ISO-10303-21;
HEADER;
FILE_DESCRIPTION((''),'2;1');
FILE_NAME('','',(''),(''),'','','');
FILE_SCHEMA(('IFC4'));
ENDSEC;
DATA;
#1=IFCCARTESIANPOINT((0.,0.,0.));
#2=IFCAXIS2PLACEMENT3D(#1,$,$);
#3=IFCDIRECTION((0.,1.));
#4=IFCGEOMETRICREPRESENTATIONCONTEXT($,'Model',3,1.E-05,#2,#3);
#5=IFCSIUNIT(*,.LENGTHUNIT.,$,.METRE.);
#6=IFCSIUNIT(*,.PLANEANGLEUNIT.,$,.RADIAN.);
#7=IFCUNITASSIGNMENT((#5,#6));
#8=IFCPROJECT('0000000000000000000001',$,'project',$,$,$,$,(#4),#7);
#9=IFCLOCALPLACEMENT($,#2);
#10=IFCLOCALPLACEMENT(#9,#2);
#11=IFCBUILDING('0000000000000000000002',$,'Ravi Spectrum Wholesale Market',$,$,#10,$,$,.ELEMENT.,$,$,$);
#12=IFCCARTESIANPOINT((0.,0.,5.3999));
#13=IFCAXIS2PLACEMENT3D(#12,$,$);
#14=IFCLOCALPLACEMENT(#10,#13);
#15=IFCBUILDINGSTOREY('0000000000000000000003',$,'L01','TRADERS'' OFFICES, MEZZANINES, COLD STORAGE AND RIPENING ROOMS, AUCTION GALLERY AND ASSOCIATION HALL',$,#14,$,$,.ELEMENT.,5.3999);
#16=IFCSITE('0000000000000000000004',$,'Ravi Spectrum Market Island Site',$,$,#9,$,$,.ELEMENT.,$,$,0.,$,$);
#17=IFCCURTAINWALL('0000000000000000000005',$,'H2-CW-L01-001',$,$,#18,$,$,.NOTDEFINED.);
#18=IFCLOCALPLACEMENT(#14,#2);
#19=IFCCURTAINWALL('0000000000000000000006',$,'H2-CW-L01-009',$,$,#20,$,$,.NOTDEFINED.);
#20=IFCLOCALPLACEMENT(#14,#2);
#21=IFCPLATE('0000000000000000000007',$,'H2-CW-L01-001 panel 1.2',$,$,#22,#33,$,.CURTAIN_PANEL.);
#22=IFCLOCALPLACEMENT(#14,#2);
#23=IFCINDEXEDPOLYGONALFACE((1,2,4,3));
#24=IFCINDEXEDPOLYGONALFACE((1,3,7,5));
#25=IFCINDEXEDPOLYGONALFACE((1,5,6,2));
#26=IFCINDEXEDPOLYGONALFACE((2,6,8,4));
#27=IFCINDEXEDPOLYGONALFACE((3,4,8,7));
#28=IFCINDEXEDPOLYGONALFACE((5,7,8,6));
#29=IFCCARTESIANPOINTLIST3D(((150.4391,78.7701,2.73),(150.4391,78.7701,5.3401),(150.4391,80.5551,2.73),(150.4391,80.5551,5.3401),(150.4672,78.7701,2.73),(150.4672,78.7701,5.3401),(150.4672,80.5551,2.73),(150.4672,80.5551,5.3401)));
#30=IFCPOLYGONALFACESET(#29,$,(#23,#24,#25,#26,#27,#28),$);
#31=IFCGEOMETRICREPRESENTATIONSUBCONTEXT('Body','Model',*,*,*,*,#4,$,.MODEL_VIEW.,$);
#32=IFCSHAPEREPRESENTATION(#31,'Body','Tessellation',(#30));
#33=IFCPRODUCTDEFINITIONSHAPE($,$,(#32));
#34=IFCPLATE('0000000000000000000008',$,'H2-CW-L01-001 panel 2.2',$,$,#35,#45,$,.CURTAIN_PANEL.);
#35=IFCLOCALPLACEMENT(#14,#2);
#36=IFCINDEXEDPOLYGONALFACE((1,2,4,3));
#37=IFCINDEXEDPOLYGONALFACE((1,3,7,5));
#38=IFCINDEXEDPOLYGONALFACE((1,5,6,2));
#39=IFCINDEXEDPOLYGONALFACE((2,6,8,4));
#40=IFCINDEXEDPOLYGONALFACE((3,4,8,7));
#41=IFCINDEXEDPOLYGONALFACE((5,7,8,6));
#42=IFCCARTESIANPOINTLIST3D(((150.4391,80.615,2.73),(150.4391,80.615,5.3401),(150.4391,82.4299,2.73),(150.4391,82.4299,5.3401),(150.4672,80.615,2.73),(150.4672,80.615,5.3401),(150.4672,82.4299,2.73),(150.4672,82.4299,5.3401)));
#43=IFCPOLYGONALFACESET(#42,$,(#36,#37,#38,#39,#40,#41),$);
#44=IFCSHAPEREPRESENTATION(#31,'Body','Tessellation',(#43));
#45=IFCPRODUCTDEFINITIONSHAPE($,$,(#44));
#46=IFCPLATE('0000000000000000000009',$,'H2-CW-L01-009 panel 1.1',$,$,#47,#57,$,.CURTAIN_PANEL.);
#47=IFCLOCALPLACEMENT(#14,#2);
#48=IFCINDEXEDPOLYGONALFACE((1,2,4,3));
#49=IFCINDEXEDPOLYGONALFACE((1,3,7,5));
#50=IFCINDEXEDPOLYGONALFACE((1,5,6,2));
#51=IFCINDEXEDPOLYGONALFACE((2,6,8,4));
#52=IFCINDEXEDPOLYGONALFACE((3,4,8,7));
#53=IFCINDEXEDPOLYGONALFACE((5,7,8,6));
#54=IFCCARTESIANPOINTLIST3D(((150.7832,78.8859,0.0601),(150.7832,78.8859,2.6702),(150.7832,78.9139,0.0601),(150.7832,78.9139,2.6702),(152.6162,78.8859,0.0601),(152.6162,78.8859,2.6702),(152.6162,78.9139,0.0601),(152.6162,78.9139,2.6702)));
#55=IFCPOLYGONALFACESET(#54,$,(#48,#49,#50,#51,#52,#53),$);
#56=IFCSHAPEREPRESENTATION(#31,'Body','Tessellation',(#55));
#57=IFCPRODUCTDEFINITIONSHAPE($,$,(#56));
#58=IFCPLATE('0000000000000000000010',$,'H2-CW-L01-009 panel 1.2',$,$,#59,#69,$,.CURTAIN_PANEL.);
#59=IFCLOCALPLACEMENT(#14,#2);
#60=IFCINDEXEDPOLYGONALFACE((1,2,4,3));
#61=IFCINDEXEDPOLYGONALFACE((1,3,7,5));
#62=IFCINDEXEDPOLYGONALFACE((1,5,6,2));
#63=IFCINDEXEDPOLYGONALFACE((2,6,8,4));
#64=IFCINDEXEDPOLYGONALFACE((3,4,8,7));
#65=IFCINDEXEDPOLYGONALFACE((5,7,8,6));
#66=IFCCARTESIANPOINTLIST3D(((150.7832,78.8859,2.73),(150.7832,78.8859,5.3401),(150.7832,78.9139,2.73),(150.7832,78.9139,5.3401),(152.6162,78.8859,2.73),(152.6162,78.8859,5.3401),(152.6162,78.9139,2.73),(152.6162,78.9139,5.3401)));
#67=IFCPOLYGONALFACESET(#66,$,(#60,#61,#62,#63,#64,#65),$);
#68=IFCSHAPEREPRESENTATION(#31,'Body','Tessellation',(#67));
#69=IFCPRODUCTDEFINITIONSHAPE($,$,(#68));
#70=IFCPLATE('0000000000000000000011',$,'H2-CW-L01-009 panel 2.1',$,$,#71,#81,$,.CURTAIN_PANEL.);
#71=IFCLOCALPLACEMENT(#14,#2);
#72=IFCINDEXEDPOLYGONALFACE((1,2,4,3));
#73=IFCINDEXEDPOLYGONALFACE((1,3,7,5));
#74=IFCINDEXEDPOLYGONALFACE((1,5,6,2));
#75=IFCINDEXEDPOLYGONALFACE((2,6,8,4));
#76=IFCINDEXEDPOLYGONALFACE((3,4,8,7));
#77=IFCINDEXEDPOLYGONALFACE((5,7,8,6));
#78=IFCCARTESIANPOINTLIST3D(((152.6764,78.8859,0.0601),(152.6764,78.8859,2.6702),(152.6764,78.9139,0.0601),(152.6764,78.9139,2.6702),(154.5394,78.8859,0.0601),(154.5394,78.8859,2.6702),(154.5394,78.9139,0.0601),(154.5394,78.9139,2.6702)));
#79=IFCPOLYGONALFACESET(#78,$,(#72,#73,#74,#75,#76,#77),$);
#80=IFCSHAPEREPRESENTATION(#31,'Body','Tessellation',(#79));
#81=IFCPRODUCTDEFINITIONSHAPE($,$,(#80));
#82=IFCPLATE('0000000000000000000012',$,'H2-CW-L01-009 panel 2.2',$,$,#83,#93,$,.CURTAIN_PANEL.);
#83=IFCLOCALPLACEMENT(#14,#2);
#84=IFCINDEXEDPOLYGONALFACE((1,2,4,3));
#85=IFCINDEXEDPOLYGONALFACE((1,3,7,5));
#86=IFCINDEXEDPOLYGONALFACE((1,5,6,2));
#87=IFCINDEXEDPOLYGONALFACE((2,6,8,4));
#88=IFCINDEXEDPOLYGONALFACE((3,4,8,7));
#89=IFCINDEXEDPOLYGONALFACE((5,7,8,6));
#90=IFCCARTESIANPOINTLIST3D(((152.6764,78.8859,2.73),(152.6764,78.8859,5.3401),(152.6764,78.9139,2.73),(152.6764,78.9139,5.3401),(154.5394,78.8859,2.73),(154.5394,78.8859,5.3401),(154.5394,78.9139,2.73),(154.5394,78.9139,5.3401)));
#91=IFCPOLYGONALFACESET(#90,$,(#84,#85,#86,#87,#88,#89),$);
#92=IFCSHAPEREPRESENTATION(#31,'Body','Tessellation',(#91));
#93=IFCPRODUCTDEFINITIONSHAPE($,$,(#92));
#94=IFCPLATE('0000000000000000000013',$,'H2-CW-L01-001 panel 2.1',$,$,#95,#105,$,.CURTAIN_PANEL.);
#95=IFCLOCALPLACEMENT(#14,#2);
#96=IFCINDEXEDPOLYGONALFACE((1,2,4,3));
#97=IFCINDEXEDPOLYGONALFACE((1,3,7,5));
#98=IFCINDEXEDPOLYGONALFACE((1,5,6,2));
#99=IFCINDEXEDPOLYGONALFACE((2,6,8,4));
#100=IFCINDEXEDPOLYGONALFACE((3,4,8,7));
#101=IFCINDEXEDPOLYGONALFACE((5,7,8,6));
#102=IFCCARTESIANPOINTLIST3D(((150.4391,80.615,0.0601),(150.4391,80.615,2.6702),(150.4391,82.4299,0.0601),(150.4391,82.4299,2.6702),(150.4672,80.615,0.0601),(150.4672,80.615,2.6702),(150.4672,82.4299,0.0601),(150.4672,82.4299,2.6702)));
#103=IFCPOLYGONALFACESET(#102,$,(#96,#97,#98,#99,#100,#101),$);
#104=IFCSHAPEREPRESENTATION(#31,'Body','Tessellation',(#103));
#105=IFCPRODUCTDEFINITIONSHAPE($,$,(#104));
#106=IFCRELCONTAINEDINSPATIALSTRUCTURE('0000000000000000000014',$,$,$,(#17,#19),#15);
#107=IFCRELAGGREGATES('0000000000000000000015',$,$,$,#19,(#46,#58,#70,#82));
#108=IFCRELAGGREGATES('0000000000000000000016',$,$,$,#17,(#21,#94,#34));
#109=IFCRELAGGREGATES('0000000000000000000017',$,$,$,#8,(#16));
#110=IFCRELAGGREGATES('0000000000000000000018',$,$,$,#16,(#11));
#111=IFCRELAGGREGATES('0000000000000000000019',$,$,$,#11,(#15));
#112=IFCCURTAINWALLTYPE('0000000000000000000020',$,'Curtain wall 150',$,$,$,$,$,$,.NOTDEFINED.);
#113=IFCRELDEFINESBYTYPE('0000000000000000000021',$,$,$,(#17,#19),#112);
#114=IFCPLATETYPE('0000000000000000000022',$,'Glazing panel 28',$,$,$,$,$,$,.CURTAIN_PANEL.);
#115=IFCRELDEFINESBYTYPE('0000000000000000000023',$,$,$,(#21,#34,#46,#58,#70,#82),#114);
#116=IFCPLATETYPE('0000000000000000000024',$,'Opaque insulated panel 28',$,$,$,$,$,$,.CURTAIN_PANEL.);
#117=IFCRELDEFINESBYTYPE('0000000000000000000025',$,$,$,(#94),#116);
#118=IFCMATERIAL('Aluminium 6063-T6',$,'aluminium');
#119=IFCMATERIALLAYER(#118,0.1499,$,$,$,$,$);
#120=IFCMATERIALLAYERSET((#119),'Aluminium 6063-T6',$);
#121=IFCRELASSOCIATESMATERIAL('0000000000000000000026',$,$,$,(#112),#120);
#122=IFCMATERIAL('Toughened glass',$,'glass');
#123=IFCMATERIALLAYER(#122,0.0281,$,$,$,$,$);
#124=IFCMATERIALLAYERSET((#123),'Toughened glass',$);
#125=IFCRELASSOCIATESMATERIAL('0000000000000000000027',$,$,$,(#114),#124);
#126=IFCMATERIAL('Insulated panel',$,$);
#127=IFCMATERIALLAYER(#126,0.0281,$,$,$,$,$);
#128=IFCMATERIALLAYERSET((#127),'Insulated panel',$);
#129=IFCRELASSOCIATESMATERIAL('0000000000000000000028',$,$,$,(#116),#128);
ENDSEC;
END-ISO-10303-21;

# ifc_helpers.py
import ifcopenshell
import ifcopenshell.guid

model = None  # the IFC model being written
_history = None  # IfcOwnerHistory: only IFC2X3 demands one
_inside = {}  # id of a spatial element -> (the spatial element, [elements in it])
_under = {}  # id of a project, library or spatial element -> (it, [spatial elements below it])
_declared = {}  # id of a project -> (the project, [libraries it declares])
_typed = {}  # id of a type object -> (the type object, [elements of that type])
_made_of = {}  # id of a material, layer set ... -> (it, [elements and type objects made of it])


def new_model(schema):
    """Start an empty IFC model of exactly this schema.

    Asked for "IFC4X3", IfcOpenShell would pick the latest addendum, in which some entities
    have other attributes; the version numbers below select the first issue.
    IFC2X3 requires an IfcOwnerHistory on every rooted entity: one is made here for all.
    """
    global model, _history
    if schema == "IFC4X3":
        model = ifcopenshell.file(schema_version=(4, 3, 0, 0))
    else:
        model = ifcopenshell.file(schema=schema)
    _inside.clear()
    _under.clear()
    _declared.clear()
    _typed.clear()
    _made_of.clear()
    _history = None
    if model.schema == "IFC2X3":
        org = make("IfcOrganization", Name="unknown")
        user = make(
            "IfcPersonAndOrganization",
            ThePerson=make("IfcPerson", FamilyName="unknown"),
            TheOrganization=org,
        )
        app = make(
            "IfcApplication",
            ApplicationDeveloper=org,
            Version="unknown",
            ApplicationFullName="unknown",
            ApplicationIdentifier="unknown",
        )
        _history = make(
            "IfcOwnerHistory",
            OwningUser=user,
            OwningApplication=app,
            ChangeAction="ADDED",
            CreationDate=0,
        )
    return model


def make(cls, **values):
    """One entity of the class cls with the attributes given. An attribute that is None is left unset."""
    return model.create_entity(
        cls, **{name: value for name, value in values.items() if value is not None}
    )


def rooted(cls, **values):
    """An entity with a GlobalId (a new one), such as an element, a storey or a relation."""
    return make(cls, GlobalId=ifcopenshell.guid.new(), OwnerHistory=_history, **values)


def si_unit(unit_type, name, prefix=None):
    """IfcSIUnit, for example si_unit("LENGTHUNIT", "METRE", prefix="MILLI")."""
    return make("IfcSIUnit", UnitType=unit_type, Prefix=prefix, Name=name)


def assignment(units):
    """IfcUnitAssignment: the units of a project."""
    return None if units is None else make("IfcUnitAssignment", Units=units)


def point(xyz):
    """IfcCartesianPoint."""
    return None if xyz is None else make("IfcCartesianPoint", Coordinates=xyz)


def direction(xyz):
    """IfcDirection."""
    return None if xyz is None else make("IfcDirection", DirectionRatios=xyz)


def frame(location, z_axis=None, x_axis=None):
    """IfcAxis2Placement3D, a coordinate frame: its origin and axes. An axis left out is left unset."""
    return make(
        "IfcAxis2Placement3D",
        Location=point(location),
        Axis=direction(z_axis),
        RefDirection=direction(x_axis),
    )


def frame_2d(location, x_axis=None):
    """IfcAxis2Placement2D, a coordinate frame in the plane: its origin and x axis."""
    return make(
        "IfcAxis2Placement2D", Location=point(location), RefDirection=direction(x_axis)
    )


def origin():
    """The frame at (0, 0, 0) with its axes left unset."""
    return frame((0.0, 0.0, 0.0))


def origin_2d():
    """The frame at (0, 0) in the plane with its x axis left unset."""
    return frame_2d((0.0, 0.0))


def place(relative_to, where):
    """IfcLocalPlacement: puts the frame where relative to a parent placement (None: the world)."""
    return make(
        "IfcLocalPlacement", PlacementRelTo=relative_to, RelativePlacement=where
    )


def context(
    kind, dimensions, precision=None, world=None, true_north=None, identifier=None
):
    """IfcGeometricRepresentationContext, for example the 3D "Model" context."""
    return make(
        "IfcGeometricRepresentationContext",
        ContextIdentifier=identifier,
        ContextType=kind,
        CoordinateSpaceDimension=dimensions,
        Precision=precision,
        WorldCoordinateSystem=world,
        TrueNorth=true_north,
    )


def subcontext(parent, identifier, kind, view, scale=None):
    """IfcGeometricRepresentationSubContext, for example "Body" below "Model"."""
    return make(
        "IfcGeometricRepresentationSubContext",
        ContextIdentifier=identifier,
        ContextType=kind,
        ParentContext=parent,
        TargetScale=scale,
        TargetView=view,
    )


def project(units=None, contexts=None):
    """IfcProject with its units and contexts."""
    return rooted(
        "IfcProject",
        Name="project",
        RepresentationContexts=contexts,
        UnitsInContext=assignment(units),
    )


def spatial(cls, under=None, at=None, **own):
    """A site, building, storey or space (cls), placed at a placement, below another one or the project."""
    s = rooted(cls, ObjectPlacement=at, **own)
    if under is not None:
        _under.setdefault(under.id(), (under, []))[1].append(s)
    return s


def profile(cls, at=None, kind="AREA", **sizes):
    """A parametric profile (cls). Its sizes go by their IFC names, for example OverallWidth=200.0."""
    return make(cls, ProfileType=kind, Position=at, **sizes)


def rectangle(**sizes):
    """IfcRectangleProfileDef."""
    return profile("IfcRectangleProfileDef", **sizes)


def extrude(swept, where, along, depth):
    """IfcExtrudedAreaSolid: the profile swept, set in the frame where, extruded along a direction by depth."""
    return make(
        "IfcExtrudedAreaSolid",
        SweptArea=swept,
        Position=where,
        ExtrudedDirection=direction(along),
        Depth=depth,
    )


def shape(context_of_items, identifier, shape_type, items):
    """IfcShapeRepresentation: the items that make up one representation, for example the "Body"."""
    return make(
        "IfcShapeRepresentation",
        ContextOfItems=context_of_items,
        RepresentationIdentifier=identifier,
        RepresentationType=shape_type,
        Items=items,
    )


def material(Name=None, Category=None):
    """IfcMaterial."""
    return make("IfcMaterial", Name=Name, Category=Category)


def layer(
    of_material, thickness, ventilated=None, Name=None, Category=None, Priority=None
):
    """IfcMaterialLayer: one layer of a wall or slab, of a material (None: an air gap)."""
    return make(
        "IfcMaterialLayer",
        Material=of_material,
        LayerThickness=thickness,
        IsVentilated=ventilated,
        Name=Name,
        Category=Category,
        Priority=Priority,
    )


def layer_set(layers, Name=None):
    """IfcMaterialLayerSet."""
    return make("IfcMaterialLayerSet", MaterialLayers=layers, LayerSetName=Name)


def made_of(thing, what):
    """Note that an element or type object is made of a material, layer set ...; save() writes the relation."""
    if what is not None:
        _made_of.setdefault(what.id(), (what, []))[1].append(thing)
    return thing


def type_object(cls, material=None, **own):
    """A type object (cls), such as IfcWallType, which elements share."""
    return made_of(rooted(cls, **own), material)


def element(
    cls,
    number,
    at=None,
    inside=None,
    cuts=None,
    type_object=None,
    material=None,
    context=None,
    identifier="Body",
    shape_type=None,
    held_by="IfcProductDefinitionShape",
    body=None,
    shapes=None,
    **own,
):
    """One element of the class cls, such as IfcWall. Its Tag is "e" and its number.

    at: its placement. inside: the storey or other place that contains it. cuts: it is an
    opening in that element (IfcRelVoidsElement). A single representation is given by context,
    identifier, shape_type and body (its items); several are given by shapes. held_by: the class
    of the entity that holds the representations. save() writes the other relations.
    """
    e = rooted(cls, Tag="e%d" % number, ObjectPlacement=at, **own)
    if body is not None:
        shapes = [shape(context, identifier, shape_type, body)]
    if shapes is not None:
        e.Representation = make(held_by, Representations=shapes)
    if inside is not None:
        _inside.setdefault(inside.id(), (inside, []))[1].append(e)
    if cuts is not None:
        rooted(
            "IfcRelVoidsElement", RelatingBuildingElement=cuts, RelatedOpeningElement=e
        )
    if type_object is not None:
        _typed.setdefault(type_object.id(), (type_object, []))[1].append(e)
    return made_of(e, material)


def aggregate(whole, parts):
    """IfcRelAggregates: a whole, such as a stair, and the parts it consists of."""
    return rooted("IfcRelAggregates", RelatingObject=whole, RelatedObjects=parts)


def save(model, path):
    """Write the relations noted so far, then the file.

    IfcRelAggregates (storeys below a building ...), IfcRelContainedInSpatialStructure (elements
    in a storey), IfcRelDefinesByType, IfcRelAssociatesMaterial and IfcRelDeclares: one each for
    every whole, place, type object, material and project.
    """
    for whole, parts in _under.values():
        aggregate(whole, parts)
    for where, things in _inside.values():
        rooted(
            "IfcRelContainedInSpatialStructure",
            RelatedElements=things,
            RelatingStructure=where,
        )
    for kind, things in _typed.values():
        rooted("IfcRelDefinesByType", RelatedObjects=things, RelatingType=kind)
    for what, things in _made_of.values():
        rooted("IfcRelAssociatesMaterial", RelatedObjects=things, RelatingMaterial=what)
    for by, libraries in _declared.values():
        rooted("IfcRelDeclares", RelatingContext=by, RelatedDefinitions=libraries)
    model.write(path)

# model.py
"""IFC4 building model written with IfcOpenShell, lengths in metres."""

from ifc_helpers import new_model, si_unit, direction, frame, origin, origin_2d, place, context, subcontext, project, spatial, rectangle, extrude, material, layer, layer_set, type_object, element, aggregate, save


model = new_model("IFC4")

# Units and contexts
model_context = context("Model", 3, precision=1e-05, world=origin(), true_north=direction((0.0, 1.0)))
body_context = subcontext(model_context, "Body", "Model", "MODEL_VIEW")
ifc_project = project(units=[si_unit("LENGTHUNIT", "METRE"), si_unit("PLANEANGLEUNIT", "RADIAN")], contexts=[model_context])

# Site, building, storey
site_placement = place(None, origin())
site = spatial("IfcSite", under=ifc_project, at=site_placement, Name="Ravi Spectrum Market Island Site", CompositionType="ELEMENT", RefElevation=0.0)
building_placement = place(site_placement, origin())
building = spatial("IfcBuilding", under=site, at=building_placement, Name="Ravi Spectrum Wholesale Market", CompositionType="ELEMENT")
storey_placement = place(building_placement, frame((0.0, 0.0, 5.3999)))
storey = spatial("IfcBuildingStorey", under=building, at=storey_placement, Name="L01", Description="TRADERS' OFFICES, MEZZANINES, COLD STORAGE AND RIPENING ROOMS, AUCTION GALLERY AND ASSOCIATION HALL", CompositionType="ELEMENT", Elevation=5.3999)

# Curtain walls
ifc_material_1 = material(Name="Aluminium 6063-T6", Category="aluminium")
ifc_layer_1 = layer(ifc_material_1, 0.1499)
ifc_layer_set_1 = layer_set([ifc_layer_1], Name="Aluminium 6063-T6")
curtain_wall_type = type_object("IfcCurtainWallType", Name="Curtain wall 150", PredefinedType="NOTDEFINED", material=ifc_layer_set_1)
curtain_wall_1_placement = place(storey_placement, origin())
curtain_wall_1 = element("IfcCurtainWall", 1, at=curtain_wall_1_placement, inside=storey, type_object=curtain_wall_type, Name="H2-CW-L01-001", PredefinedType="NOTDEFINED")
curtain_wall_2_placement = place(storey_placement, origin())
curtain_wall_2 = element("IfcCurtainWall", 2, at=curtain_wall_2_placement, inside=storey, type_object=curtain_wall_type, Name="H2-CW-L01-009", PredefinedType="NOTDEFINED")

# Plates
ifc_material_2 = material(Name="Toughened glass", Category="glass")
ifc_layer_2 = layer(ifc_material_2, 0.0281)
ifc_layer_set_2 = layer_set([ifc_layer_2], Name="Toughened glass")
plate_type_1 = type_object("IfcPlateType", Name="Glazing panel 28", PredefinedType="CURTAIN_PANEL", material=ifc_layer_set_2)
plate_1_placement = place(storey_placement, frame((150.4531, 79.6626, 2.73), z_axis=(0.0, 0.0, 1.0), x_axis=(0.0, 1.0, 0.0)))
plate_1 = element("IfcPlate", 3, at=plate_1_placement, type_object=plate_type_1, Name="H2-CW-L01-001 panel 1.2", PredefinedType="CURTAIN_PANEL", context=body_context, shape_type="SweptSolid", body=[
    extrude(rectangle(XDim=1.7849, YDim=0.0281, at=origin_2d()), origin(), (0.0, 0.0, 1.0), 2.6101),
])
plate_2_placement = place(storey_placement, frame((150.4531, 81.5225, 2.73), z_axis=(0.0, 0.0, 1.0), x_axis=(0.0, 1.0, 0.0)))
plate_2 = element("IfcPlate", 4, at=plate_2_placement, type_object=plate_type_1, Name="H2-CW-L01-001 panel 2.2", PredefinedType="CURTAIN_PANEL", context=body_context, shape_type="SweptSolid", body=[
    extrude(rectangle(XDim=1.8149, YDim=0.0281, at=origin_2d()), origin(), (0.0, 0.0, 1.0), 2.6101),
])
plate_3_placement = place(storey_placement, frame((151.6997, 78.8999, 0.0601), z_axis=(0.0, 0.0, 1.0), x_axis=(1.0, 0.0, 0.0)))
plate_3 = element("IfcPlate", 5, at=plate_3_placement, type_object=plate_type_1, Name="H2-CW-L01-009 panel 1.1", PredefinedType="CURTAIN_PANEL", context=body_context, shape_type="SweptSolid", body=[
    extrude(rectangle(XDim=1.833, YDim=0.0281, at=origin_2d()), origin(), (0.0, 0.0, 1.0), 2.6101),
])
plate_4_placement = place(storey_placement, frame((151.6997, 78.8999, 2.73), z_axis=(0.0, 0.0, 1.0), x_axis=(1.0, 0.0, 0.0)))
plate_4 = element("IfcPlate", 6, at=plate_4_placement, type_object=plate_type_1, Name="H2-CW-L01-009 panel 1.2", PredefinedType="CURTAIN_PANEL", context=body_context, shape_type="SweptSolid", body=[
    extrude(rectangle(XDim=1.833, YDim=0.0281, at=origin_2d()), origin(), (0.0, 0.0, 1.0), 2.6101),
])
plate_5_placement = place(storey_placement, frame((153.6079, 78.8999, 0.0601), z_axis=(0.0, 0.0, 1.0), x_axis=(1.0, 0.0, 0.0)))
plate_5 = element("IfcPlate", 7, at=plate_5_placement, type_object=plate_type_1, Name="H2-CW-L01-009 panel 2.1", PredefinedType="CURTAIN_PANEL", context=body_context, shape_type="SweptSolid", body=[
    extrude(rectangle(XDim=1.863, YDim=0.0281, at=origin_2d()), origin(), (0.0, 0.0, 1.0), 2.6101),
])
plate_6_placement = place(storey_placement, frame((153.6079, 78.8999, 2.73), z_axis=(0.0, 0.0, 1.0), x_axis=(1.0, 0.0, 0.0)))
plate_6 = element("IfcPlate", 8, at=plate_6_placement, type_object=plate_type_1, Name="H2-CW-L01-009 panel 2.2", PredefinedType="CURTAIN_PANEL", context=body_context, shape_type="SweptSolid", body=[
    extrude(rectangle(XDim=1.863, YDim=0.0281, at=origin_2d()), origin(), (0.0, 0.0, 1.0), 2.6101),
])
aggregate(curtain_wall_2, [plate_3, plate_4, plate_5, plate_6])
ifc_material_3 = material(Name="Insulated panel")
ifc_layer_3 = layer(ifc_material_3, 0.0281)
ifc_layer_set_3 = layer_set([ifc_layer_3], Name="Insulated panel")
plate_type_2 = type_object("IfcPlateType", Name="Opaque insulated panel 28", PredefinedType="CURTAIN_PANEL", material=ifc_layer_set_3)
plate_7_placement = place(storey_placement, frame((150.4531, 81.5225, 0.0601), z_axis=(0.0, 0.0, 1.0), x_axis=(0.0, 1.0, 0.0)))
plate_7 = element("IfcPlate", 9, at=plate_7_placement, type_object=plate_type_2, Name="H2-CW-L01-001 panel 2.1", PredefinedType="CURTAIN_PANEL", context=body_context, shape_type="SweptSolid", body=[
    extrude(rectangle(XDim=1.8149, YDim=0.0281, at=origin_2d()), origin(), (0.0, 0.0, 1.0), 2.6101),
])
aggregate(curtain_wall_1, [plate_1, plate_7, plate_2])

save(model, "model.ifc")
